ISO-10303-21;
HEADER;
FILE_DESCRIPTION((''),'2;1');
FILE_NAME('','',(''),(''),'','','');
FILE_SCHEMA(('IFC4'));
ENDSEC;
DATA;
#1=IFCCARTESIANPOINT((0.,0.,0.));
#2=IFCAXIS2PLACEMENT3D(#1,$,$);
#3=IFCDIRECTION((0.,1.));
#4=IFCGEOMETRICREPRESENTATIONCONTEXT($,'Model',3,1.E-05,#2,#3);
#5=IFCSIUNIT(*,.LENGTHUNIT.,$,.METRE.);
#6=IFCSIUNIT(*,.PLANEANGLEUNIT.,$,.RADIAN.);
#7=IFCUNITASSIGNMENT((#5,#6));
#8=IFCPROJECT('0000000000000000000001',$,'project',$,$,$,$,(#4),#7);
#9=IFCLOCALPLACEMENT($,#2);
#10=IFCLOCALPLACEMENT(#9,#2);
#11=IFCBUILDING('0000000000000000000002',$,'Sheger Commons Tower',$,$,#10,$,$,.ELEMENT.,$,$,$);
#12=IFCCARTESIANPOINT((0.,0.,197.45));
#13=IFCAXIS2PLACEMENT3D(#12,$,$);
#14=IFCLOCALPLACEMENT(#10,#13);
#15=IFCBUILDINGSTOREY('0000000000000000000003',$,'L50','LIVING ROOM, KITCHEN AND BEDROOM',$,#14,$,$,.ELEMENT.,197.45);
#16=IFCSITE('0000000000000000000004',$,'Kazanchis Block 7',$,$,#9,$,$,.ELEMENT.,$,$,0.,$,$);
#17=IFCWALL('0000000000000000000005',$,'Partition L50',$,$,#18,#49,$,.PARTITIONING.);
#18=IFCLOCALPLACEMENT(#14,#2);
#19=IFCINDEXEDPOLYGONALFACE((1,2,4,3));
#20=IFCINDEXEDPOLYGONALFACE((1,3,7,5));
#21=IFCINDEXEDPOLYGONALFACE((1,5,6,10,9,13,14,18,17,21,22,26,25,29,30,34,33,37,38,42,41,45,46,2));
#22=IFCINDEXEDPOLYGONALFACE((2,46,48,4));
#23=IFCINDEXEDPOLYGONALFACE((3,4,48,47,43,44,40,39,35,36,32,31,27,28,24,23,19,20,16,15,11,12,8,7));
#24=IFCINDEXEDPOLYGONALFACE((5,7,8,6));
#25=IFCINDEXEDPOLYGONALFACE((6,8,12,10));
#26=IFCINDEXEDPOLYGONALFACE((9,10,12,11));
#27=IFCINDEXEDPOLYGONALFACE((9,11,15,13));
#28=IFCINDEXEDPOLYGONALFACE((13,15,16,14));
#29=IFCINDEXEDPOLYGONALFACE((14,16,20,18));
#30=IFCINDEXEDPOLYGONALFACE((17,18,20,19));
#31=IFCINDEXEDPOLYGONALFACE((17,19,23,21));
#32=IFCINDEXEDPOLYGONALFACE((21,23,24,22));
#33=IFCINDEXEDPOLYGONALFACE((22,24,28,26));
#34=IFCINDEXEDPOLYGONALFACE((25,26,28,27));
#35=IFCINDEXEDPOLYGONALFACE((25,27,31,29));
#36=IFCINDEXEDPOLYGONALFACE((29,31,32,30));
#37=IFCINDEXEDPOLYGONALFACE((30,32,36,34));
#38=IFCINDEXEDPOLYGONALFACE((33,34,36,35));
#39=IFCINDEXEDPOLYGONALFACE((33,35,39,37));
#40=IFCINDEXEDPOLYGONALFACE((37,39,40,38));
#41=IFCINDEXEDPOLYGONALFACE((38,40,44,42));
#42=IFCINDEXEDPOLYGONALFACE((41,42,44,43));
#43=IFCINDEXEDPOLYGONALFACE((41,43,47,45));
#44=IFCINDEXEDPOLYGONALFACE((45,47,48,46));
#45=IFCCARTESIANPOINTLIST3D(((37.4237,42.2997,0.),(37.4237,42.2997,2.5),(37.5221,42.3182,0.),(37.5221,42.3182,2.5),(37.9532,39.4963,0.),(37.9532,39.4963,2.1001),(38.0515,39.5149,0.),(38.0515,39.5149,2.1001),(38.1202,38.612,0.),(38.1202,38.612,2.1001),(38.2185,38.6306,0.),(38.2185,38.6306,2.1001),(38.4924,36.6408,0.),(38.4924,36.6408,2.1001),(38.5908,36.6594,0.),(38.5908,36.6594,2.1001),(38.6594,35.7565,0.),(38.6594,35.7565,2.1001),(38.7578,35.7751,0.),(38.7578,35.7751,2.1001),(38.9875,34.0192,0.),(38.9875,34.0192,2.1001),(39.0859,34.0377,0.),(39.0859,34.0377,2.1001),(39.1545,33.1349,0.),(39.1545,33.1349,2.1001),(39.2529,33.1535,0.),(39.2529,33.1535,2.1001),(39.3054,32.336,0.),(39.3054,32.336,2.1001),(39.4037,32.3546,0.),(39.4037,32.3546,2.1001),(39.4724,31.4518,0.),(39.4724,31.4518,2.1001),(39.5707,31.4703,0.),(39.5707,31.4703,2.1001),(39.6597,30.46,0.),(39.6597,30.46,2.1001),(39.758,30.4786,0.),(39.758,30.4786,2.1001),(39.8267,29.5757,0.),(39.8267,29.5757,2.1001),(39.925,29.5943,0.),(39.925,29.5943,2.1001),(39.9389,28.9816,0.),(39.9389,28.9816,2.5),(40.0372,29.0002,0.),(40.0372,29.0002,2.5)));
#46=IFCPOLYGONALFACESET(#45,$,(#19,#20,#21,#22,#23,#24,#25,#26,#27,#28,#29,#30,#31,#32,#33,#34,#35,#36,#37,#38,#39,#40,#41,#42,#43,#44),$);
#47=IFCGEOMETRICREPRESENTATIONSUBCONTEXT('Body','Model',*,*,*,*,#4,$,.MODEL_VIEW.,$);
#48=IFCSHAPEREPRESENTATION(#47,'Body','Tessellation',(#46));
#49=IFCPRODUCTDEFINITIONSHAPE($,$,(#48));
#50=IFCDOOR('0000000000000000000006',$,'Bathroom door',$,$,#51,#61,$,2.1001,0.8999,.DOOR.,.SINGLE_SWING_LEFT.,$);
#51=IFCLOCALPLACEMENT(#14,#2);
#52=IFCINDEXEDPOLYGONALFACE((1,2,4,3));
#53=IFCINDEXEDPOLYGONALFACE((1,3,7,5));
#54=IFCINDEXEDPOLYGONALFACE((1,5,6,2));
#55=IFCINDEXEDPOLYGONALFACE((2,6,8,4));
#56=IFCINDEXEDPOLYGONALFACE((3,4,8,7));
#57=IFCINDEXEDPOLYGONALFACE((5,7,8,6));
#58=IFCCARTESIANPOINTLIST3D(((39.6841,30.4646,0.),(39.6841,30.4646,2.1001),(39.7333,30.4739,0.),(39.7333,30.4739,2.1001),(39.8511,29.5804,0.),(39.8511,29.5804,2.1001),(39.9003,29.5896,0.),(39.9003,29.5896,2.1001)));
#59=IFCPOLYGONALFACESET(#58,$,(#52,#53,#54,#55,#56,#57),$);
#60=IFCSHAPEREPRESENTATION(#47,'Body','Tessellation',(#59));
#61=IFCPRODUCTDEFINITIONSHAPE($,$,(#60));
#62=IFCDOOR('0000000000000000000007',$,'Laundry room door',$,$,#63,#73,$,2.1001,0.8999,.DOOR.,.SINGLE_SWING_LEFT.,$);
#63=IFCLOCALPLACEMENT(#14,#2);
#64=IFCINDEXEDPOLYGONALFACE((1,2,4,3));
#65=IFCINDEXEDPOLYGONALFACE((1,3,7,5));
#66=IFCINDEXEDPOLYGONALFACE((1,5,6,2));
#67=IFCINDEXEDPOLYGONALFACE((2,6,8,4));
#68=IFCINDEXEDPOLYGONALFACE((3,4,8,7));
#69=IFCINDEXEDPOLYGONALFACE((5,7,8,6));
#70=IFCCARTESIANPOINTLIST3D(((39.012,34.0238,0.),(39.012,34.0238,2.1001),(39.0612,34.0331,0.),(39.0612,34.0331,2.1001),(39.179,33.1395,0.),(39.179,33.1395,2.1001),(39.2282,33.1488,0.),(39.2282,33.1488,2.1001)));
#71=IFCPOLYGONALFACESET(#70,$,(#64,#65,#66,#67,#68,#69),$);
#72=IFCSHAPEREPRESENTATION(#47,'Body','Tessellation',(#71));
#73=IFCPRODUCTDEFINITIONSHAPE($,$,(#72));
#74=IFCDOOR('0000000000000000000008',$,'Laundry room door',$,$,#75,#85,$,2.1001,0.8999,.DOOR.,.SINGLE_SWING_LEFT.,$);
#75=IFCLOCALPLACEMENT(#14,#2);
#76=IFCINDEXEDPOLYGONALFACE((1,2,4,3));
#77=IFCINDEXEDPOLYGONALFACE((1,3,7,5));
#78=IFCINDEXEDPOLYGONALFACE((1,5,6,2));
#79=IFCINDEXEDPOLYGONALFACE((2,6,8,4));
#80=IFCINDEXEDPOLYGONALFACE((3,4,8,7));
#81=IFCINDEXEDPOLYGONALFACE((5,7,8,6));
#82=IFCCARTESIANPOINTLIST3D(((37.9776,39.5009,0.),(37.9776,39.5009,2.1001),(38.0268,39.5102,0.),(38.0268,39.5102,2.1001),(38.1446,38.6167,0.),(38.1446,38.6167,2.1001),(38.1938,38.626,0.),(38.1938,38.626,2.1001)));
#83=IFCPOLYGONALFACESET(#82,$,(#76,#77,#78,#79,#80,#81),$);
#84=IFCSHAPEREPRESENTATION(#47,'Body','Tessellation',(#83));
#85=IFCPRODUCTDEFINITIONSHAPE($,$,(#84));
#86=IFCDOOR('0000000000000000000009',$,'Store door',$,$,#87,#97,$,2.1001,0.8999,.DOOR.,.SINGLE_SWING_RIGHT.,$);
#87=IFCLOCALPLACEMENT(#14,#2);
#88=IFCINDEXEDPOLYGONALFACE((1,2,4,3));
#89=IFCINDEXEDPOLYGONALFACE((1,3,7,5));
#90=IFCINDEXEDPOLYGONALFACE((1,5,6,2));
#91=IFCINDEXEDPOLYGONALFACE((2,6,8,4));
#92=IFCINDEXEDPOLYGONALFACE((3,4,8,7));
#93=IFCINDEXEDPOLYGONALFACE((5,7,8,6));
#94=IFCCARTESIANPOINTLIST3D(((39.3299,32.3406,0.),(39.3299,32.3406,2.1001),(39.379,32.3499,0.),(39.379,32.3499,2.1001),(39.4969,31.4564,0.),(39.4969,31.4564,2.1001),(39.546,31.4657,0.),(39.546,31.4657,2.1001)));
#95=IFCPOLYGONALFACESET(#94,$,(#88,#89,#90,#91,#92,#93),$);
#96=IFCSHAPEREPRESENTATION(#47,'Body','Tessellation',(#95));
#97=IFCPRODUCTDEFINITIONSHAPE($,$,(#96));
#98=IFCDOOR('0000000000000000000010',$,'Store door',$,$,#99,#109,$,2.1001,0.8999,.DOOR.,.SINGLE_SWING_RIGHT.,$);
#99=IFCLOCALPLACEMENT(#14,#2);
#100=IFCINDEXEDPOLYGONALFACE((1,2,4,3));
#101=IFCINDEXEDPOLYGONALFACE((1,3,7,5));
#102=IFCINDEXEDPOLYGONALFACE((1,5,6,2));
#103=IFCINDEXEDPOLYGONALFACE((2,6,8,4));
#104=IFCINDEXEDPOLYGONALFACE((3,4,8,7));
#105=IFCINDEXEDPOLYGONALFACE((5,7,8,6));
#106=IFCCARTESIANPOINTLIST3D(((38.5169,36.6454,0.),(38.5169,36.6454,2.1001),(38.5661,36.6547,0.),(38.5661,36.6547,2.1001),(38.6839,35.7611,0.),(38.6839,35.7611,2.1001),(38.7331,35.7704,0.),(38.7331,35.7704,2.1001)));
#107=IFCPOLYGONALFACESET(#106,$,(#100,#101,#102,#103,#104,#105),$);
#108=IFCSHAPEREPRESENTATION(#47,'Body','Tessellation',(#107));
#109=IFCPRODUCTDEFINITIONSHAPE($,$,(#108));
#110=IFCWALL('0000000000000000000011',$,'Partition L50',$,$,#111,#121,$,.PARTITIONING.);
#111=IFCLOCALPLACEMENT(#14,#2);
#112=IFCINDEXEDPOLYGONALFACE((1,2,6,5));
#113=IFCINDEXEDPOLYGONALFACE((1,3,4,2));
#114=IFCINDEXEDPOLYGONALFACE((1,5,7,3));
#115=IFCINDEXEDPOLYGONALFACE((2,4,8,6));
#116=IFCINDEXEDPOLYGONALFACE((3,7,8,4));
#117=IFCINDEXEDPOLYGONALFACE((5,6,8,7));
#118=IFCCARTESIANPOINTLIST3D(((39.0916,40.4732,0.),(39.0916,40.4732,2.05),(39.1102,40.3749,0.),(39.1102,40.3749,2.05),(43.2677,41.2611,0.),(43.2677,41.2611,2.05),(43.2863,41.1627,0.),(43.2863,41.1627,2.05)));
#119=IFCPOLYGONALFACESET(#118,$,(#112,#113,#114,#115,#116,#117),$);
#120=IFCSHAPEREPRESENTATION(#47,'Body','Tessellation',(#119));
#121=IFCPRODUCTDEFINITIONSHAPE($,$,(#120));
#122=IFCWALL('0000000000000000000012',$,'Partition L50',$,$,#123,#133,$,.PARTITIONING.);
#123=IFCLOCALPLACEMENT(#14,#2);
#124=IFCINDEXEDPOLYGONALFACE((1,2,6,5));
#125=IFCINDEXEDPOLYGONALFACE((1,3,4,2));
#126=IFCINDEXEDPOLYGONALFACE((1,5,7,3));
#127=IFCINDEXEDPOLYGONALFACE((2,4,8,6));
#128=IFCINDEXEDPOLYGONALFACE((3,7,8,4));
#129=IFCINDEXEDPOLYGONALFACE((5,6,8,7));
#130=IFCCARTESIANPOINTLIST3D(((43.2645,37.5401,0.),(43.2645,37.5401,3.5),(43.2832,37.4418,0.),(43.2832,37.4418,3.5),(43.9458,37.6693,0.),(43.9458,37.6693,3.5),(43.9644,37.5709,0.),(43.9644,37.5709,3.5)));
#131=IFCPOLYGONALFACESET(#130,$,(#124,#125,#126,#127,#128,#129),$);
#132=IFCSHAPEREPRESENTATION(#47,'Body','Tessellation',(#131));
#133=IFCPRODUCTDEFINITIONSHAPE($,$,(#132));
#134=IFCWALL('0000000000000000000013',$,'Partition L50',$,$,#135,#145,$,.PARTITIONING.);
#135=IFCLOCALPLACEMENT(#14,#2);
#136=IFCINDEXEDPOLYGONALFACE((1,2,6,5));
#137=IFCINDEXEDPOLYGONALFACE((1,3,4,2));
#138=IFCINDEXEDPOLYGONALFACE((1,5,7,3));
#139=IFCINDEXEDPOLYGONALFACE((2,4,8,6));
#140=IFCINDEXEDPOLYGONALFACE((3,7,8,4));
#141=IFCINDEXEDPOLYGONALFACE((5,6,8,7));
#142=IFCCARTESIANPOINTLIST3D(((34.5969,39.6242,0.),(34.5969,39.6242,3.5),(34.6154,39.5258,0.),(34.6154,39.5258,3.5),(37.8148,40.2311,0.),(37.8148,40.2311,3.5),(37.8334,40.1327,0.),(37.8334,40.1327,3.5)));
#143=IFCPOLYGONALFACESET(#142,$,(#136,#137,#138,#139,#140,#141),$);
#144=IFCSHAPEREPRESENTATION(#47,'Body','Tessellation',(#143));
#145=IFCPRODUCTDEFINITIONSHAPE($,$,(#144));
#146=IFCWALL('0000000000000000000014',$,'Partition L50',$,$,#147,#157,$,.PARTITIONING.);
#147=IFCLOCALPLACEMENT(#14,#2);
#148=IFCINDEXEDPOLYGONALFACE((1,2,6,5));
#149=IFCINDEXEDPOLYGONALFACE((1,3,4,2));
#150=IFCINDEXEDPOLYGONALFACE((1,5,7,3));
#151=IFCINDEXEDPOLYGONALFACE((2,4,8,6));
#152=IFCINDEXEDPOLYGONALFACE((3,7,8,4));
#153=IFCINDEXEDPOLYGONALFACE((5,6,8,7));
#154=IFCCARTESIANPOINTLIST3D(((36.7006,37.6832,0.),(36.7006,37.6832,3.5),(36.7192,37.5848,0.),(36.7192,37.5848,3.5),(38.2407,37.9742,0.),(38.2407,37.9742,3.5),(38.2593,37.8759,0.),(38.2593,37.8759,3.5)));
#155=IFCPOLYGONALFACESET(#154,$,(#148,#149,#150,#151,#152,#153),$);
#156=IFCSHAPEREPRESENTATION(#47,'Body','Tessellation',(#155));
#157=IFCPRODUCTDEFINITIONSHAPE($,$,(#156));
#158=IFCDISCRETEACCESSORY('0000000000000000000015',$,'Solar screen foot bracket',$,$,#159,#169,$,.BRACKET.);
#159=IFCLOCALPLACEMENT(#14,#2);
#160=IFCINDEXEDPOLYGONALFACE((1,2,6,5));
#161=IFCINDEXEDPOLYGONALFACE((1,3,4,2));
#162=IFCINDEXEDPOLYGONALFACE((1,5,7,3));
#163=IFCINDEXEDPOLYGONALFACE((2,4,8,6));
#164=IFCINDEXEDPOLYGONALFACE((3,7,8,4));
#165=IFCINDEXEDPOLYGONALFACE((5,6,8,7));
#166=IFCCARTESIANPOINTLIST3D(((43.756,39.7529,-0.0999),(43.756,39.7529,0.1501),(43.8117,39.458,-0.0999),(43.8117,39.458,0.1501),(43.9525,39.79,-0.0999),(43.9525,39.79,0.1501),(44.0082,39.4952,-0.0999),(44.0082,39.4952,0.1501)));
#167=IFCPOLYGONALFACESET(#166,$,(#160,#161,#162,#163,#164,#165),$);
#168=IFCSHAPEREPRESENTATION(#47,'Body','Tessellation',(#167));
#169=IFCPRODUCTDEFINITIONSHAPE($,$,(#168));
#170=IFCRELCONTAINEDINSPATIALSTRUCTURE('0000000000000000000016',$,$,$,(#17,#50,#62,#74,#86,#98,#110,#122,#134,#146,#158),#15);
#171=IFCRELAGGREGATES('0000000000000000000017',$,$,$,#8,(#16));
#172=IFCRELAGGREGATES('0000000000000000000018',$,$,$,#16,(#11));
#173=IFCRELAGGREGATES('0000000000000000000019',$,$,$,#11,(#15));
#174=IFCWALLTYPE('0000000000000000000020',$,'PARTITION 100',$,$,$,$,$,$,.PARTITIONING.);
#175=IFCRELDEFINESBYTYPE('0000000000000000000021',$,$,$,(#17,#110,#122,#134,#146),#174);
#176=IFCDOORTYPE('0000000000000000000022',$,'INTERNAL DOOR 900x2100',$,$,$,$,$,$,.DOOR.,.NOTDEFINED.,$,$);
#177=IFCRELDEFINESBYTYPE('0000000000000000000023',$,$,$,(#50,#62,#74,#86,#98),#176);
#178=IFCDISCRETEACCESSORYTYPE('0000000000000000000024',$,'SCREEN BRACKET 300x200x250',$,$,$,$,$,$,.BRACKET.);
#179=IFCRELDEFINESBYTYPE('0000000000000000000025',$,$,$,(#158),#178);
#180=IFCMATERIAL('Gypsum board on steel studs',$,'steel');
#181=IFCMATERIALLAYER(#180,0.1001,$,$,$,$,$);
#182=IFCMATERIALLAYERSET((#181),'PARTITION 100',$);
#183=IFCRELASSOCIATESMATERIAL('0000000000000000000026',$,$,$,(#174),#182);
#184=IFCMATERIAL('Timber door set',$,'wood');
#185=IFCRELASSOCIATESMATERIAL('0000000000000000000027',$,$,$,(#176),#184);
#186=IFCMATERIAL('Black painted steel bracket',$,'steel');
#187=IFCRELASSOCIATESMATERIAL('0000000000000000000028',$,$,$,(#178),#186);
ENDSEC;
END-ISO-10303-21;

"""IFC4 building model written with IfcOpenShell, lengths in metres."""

from ifc_helpers import new_model, si_unit, direction, frame, frame_2d, origin, origin_2d, place, context, subcontext, project, spatial, rectangle, extrude, material, layer, layer_set, type_object, element, fill, save


model = new_model("IFC4")

# Units and contexts
model_context = context("Model", 3, precision=1e-05, world=origin(), true_north=direction((0.0, 1.0)))
body_context = subcontext(model_context, "Body", "Model", "MODEL_VIEW")
ifc_project = project(units=[si_unit("LENGTHUNIT", "METRE"), si_unit("PLANEANGLEUNIT", "RADIAN")], contexts=[model_context])

# Site, building, storey
site_placement = place(None, origin())
site = spatial("IfcSite", under=ifc_project, at=site_placement, Name="Kazanchis Block 7", CompositionType="ELEMENT", RefElevation=0.0)
building_placement = place(site_placement, origin())
building = spatial("IfcBuilding", under=site, at=building_placement, Name="Sheger Commons Tower", CompositionType="ELEMENT")
storey_placement = place(building_placement, frame((0.0, 0.0, 197.45)))
storey = spatial("IfcBuildingStorey", under=building, at=storey_placement, Name="L50", Description="LIVING ROOM, KITCHEN AND BEDROOM", CompositionType="ELEMENT", Elevation=197.45)

# Shared definitions
ifc_material_1 = material(Name="Gypsum board on steel studs", Category="steel")
ifc_layer_1 = layer(ifc_material_1, 0.1001)
ifc_layer_set_1 = layer_set([ifc_layer_1], Name="PARTITION 100")
wall_type_1 = type_object("IfcWallType", Name="PARTITION 100", PredefinedType="PARTITIONING", material=ifc_layer_set_1)

# Wall, openings, doors
ifc_material_2 = material(Name="Timber door set", Category="wood")
door_type = type_object("IfcDoorType", Name="INTERNAL DOOR 900x2100", OperationType="NOTDEFINED", PredefinedType="DOOR", material=ifc_material_2)
wall_1_placement = place(storey_placement, frame((37.4729, 42.3091, 0.0), z_axis=(0.0, 0.0, 1.0), x_axis=(0.185571, -0.982631, 0.0)))
wall_1 = element("IfcWall", 1, at=wall_1_placement, inside=storey, type_object=wall_type_1, Name="Partition L50", PredefinedType="PARTITIONING", context=body_context, shape_type="SweptSolid", body=[
    extrude(rectangle(XDim=13.5535, YDim=0.1001, at=frame_2d((6.7769, 0.0))), origin(), (0.0, 0.0, 1.0), 2.5),
])
opening_1_placement = place(wall_1_placement, frame((12.0491, 0.0, 0.0)))
opening_1 = element("IfcOpeningElement", 2, at=opening_1_placement, cuts=wall_1, PredefinedType="OPENING", context=body_context, shape_type="SweptSolid", body=[
    extrude(rectangle(XDim=0.8999, YDim=2.1001, at=frame_2d((0.45, 1.05))), frame((0.0, 0.0601, 0.0), z_axis=(0.0, -1.0, 0.0), x_axis=(1.0, 0.0, 0.0)), (0.0, 0.0, 1.0), 0.1201),
])
opening_2_placement = place(wall_1_placement, frame((8.427, 0.0, 0.0)))
opening_2 = element("IfcOpeningElement", 3, at=opening_2_placement, cuts=wall_1, PredefinedType="OPENING", context=body_context, shape_type="SweptSolid", body=[
    extrude(rectangle(XDim=0.8999, YDim=2.1001, at=frame_2d((0.45, 1.05))), frame((0.0, 0.0601, 0.0), z_axis=(0.0, -1.0, 0.0), x_axis=(1.0, 0.0, 0.0)), (0.0, 0.0, 1.0), 0.1201),
])
opening_3_placement = place(wall_1_placement, frame((2.853, 0.0, 0.0)))
opening_3 = element("IfcOpeningElement", 4, at=opening_3_placement, cuts=wall_1, PredefinedType="OPENING", context=body_context, shape_type="SweptSolid", body=[
    extrude(rectangle(XDim=0.8999, YDim=2.1001, at=frame_2d((0.45, 1.05))), frame((0.0, 0.0601, 0.0), z_axis=(0.0, -1.0, 0.0), x_axis=(1.0, 0.0, 0.0)), (0.0, 0.0, 1.0), 0.1201),
])
opening_4_placement = place(wall_1_placement, frame((10.1399, 0.0, 0.0)))
opening_4 = element("IfcOpeningElement", 5, at=opening_4_placement, cuts=wall_1, PredefinedType="OPENING", context=body_context, shape_type="SweptSolid", body=[
    extrude(rectangle(XDim=0.8999, YDim=2.1001, at=frame_2d((0.45, 1.05))), frame((0.0, 0.0601, 0.0), z_axis=(0.0, -1.0, 0.0), x_axis=(1.0, 0.0, 0.0)), (0.0, 0.0, 1.0), 0.1201),
])
opening_5_placement = place(wall_1_placement, frame((5.759, 0.0, 0.0)))
opening_5 = element("IfcOpeningElement", 6, at=opening_5_placement, cuts=wall_1, PredefinedType="OPENING", context=body_context, shape_type="SweptSolid", body=[
    extrude(rectangle(XDim=0.8999, YDim=2.1001, at=frame_2d((0.45, 1.05))), frame((0.0, 0.0601, 0.0), z_axis=(0.0, -1.0, 0.0), x_axis=(1.0, 0.0, 0.0)), (0.0, 0.0, 1.0), 0.1201),
])
door_1_placement = place(opening_1_placement, origin())
door_1 = element("IfcDoor", 7, at=door_1_placement, inside=storey, type_object=door_type, Name="Bathroom door", OperationType="SINGLE_SWING_LEFT", OverallHeight=2.1001, OverallWidth=0.8999, PredefinedType="DOOR", context=body_context, shape_type="SweptSolid", body=[
    extrude(rectangle(XDim=0.8999, YDim=2.1001, at=frame_2d((0.45, 1.05))), frame((0.0, 0.0249, 0.0), z_axis=(0.0, -1.0, 0.0), x_axis=(1.0, 0.0, 0.0)), (0.0, 0.0, 1.0), 0.05),
])
fill(opening_1, door_1)
door_2_placement = place(opening_2_placement, origin())
door_2 = element("IfcDoor", 8, at=door_2_placement, inside=storey, type_object=door_type, Name="Laundry room door", OperationType="SINGLE_SWING_LEFT", OverallHeight=2.1001, OverallWidth=0.8999, PredefinedType="DOOR", context=body_context, shape_type="SweptSolid", body=[
    extrude(rectangle(XDim=0.8999, YDim=2.1001, at=frame_2d((0.45, 1.05))), frame((0.0, 0.0249, 0.0), z_axis=(0.0, -1.0, 0.0), x_axis=(1.0, 0.0, 0.0)), (0.0, 0.0, 1.0), 0.05),
])
fill(opening_2, door_2)
door_3_placement = place(opening_3_placement, origin())
door_3 = element("IfcDoor", 9, at=door_3_placement, inside=storey, type_object=door_type, Name="Laundry room door", OperationType="SINGLE_SWING_LEFT", OverallHeight=2.1001, OverallWidth=0.8999, PredefinedType="DOOR", context=body_context, shape_type="SweptSolid", body=[
    extrude(rectangle(XDim=0.8999, YDim=2.1001, at=frame_2d((0.45, 1.05))), frame((0.0, 0.0249, 0.0), z_axis=(0.0, -1.0, 0.0), x_axis=(1.0, 0.0, 0.0)), (0.0, 0.0, 1.0), 0.05),
])
fill(opening_3, door_3)
door_4_placement = place(opening_4_placement, origin())
door_4 = element("IfcDoor", 10, at=door_4_placement, inside=storey, type_object=door_type, Name="Store door", OperationType="SINGLE_SWING_RIGHT", OverallHeight=2.1001, OverallWidth=0.8999, PredefinedType="DOOR", context=body_context, shape_type="SweptSolid", body=[
    extrude(rectangle(XDim=0.8999, YDim=2.1001, at=frame_2d((0.45, 1.05))), frame((0.0, 0.0249, 0.0), z_axis=(0.0, -1.0, 0.0), x_axis=(1.0, 0.0, 0.0)), (0.0, 0.0, 1.0), 0.05),
])
fill(opening_4, door_4)
door_5_placement = place(opening_5_placement, origin())
door_5 = element("IfcDoor", 11, at=door_5_placement, inside=storey, type_object=door_type, Name="Store door", OperationType="SINGLE_SWING_RIGHT", OverallHeight=2.1001, OverallWidth=0.8999, PredefinedType="DOOR", context=body_context, shape_type="SweptSolid", body=[
    extrude(rectangle(XDim=0.8999, YDim=2.1001, at=frame_2d((0.45, 1.05))), frame((0.0, 0.0249, 0.0), z_axis=(0.0, -1.0, 0.0), x_axis=(1.0, 0.0, 0.0)), (0.0, 0.0, 1.0), 0.05),
])
fill(opening_5, door_5)

# Walls
wall_2_placement = place(storey_placement, frame((43.2771, 41.2119, 0.0), z_axis=(0.0, 0.0, 1.0), x_axis=(-0.982665, -0.185388, 0.0)))
element("IfcWall", 12, at=wall_2_placement, inside=storey, type_object=wall_type_1, Name="Partition L50", PredefinedType="PARTITIONING", context=body_context, shape_type="SweptSolid", body=[
    extrude(rectangle(XDim=4.2498, YDim=0.1001, at=frame_2d((2.125, 0.0))), origin(), (0.0, 0.0, 1.0), 2.05),
])
wall_3_placement = place(storey_placement, frame((43.9551, 37.6201, 0.0), z_axis=(0.0, 0.0, 1.0), x_axis=(-0.982495, -0.186287, 0.0)))
element("IfcWall", 13, at=wall_3_placement, inside=storey, type_object=wall_type_1, Name="Partition L50", PredefinedType="PARTITIONING", context=body_context, shape_type="SweptSolid", body=[
    extrude(rectangle(XDim=0.6934, YDim=0.1001, at=frame_2d((0.3467, 0.0))), origin(), (0.0, 0.0, 1.0), 3.5),
])
wall_4_placement = place(storey_placement, frame((37.824, 40.1819, 0.0), z_axis=(0.0, 0.0, 1.0), x_axis=(-0.982675, -0.185337, 0.0)))
element("IfcWall", 14, at=wall_4_placement, inside=storey, type_object=wall_type_1, Name="Partition L50", PredefinedType="PARTITIONING", context=body_context, shape_type="SweptSolid", body=[
    extrude(rectangle(XDim=3.2747, YDim=0.1001, at=frame_2d((1.6372, 0.0))), origin(), (0.0, 0.0, 1.0), 3.5),
])
wall_5_placement = place(storey_placement, frame((38.25, 37.925, 0.0), z_axis=(0.0, 0.0, 1.0), x_axis=(-0.98261, -0.18568, 0.0)))
element("IfcWall", 15, at=wall_5_placement, inside=storey, type_object=wall_type_1, Name="Partition L50", PredefinedType="PARTITIONING", context=body_context, shape_type="SweptSolid", body=[
    extrude(rectangle(XDim=1.5674, YDim=0.1001, at=frame_2d((0.7837, 0.0))), origin(), (0.0, 0.0, 1.0), 3.5),
])

# Discrete accessory
ifc_material_3 = material(Name="Black painted steel bracket", Category="steel")
discrete_accessory_type = type_object("IfcDiscreteAccessoryType", Name="SCREEN BRACKET 300x200x250", PredefinedType="BRACKET", material=ifc_material_3)
for number, where, z_axis, x_axis, name in (
    (16, (43.8821, 39.624, -0.0999), (0.0, 0.0, 1.0), (-0.185615, 0.982623, 0.0), "Solar screen foot bracket"),
):
    element("IfcDiscreteAccessory", number, at=place(storey_placement, frame(where, z_axis=z_axis, x_axis=x_axis)), inside=storey, type_object=discrete_accessory_type, Name=name, PredefinedType="BRACKET", context=body_context, shape_type="SweptSolid", body=[
        extrude(rectangle(XDim=0.3, YDim=0.2, at=origin_2d()), origin(), (0.0, 0.0, 1.0), 0.25),
    ])

save(model, "model.ifc")
